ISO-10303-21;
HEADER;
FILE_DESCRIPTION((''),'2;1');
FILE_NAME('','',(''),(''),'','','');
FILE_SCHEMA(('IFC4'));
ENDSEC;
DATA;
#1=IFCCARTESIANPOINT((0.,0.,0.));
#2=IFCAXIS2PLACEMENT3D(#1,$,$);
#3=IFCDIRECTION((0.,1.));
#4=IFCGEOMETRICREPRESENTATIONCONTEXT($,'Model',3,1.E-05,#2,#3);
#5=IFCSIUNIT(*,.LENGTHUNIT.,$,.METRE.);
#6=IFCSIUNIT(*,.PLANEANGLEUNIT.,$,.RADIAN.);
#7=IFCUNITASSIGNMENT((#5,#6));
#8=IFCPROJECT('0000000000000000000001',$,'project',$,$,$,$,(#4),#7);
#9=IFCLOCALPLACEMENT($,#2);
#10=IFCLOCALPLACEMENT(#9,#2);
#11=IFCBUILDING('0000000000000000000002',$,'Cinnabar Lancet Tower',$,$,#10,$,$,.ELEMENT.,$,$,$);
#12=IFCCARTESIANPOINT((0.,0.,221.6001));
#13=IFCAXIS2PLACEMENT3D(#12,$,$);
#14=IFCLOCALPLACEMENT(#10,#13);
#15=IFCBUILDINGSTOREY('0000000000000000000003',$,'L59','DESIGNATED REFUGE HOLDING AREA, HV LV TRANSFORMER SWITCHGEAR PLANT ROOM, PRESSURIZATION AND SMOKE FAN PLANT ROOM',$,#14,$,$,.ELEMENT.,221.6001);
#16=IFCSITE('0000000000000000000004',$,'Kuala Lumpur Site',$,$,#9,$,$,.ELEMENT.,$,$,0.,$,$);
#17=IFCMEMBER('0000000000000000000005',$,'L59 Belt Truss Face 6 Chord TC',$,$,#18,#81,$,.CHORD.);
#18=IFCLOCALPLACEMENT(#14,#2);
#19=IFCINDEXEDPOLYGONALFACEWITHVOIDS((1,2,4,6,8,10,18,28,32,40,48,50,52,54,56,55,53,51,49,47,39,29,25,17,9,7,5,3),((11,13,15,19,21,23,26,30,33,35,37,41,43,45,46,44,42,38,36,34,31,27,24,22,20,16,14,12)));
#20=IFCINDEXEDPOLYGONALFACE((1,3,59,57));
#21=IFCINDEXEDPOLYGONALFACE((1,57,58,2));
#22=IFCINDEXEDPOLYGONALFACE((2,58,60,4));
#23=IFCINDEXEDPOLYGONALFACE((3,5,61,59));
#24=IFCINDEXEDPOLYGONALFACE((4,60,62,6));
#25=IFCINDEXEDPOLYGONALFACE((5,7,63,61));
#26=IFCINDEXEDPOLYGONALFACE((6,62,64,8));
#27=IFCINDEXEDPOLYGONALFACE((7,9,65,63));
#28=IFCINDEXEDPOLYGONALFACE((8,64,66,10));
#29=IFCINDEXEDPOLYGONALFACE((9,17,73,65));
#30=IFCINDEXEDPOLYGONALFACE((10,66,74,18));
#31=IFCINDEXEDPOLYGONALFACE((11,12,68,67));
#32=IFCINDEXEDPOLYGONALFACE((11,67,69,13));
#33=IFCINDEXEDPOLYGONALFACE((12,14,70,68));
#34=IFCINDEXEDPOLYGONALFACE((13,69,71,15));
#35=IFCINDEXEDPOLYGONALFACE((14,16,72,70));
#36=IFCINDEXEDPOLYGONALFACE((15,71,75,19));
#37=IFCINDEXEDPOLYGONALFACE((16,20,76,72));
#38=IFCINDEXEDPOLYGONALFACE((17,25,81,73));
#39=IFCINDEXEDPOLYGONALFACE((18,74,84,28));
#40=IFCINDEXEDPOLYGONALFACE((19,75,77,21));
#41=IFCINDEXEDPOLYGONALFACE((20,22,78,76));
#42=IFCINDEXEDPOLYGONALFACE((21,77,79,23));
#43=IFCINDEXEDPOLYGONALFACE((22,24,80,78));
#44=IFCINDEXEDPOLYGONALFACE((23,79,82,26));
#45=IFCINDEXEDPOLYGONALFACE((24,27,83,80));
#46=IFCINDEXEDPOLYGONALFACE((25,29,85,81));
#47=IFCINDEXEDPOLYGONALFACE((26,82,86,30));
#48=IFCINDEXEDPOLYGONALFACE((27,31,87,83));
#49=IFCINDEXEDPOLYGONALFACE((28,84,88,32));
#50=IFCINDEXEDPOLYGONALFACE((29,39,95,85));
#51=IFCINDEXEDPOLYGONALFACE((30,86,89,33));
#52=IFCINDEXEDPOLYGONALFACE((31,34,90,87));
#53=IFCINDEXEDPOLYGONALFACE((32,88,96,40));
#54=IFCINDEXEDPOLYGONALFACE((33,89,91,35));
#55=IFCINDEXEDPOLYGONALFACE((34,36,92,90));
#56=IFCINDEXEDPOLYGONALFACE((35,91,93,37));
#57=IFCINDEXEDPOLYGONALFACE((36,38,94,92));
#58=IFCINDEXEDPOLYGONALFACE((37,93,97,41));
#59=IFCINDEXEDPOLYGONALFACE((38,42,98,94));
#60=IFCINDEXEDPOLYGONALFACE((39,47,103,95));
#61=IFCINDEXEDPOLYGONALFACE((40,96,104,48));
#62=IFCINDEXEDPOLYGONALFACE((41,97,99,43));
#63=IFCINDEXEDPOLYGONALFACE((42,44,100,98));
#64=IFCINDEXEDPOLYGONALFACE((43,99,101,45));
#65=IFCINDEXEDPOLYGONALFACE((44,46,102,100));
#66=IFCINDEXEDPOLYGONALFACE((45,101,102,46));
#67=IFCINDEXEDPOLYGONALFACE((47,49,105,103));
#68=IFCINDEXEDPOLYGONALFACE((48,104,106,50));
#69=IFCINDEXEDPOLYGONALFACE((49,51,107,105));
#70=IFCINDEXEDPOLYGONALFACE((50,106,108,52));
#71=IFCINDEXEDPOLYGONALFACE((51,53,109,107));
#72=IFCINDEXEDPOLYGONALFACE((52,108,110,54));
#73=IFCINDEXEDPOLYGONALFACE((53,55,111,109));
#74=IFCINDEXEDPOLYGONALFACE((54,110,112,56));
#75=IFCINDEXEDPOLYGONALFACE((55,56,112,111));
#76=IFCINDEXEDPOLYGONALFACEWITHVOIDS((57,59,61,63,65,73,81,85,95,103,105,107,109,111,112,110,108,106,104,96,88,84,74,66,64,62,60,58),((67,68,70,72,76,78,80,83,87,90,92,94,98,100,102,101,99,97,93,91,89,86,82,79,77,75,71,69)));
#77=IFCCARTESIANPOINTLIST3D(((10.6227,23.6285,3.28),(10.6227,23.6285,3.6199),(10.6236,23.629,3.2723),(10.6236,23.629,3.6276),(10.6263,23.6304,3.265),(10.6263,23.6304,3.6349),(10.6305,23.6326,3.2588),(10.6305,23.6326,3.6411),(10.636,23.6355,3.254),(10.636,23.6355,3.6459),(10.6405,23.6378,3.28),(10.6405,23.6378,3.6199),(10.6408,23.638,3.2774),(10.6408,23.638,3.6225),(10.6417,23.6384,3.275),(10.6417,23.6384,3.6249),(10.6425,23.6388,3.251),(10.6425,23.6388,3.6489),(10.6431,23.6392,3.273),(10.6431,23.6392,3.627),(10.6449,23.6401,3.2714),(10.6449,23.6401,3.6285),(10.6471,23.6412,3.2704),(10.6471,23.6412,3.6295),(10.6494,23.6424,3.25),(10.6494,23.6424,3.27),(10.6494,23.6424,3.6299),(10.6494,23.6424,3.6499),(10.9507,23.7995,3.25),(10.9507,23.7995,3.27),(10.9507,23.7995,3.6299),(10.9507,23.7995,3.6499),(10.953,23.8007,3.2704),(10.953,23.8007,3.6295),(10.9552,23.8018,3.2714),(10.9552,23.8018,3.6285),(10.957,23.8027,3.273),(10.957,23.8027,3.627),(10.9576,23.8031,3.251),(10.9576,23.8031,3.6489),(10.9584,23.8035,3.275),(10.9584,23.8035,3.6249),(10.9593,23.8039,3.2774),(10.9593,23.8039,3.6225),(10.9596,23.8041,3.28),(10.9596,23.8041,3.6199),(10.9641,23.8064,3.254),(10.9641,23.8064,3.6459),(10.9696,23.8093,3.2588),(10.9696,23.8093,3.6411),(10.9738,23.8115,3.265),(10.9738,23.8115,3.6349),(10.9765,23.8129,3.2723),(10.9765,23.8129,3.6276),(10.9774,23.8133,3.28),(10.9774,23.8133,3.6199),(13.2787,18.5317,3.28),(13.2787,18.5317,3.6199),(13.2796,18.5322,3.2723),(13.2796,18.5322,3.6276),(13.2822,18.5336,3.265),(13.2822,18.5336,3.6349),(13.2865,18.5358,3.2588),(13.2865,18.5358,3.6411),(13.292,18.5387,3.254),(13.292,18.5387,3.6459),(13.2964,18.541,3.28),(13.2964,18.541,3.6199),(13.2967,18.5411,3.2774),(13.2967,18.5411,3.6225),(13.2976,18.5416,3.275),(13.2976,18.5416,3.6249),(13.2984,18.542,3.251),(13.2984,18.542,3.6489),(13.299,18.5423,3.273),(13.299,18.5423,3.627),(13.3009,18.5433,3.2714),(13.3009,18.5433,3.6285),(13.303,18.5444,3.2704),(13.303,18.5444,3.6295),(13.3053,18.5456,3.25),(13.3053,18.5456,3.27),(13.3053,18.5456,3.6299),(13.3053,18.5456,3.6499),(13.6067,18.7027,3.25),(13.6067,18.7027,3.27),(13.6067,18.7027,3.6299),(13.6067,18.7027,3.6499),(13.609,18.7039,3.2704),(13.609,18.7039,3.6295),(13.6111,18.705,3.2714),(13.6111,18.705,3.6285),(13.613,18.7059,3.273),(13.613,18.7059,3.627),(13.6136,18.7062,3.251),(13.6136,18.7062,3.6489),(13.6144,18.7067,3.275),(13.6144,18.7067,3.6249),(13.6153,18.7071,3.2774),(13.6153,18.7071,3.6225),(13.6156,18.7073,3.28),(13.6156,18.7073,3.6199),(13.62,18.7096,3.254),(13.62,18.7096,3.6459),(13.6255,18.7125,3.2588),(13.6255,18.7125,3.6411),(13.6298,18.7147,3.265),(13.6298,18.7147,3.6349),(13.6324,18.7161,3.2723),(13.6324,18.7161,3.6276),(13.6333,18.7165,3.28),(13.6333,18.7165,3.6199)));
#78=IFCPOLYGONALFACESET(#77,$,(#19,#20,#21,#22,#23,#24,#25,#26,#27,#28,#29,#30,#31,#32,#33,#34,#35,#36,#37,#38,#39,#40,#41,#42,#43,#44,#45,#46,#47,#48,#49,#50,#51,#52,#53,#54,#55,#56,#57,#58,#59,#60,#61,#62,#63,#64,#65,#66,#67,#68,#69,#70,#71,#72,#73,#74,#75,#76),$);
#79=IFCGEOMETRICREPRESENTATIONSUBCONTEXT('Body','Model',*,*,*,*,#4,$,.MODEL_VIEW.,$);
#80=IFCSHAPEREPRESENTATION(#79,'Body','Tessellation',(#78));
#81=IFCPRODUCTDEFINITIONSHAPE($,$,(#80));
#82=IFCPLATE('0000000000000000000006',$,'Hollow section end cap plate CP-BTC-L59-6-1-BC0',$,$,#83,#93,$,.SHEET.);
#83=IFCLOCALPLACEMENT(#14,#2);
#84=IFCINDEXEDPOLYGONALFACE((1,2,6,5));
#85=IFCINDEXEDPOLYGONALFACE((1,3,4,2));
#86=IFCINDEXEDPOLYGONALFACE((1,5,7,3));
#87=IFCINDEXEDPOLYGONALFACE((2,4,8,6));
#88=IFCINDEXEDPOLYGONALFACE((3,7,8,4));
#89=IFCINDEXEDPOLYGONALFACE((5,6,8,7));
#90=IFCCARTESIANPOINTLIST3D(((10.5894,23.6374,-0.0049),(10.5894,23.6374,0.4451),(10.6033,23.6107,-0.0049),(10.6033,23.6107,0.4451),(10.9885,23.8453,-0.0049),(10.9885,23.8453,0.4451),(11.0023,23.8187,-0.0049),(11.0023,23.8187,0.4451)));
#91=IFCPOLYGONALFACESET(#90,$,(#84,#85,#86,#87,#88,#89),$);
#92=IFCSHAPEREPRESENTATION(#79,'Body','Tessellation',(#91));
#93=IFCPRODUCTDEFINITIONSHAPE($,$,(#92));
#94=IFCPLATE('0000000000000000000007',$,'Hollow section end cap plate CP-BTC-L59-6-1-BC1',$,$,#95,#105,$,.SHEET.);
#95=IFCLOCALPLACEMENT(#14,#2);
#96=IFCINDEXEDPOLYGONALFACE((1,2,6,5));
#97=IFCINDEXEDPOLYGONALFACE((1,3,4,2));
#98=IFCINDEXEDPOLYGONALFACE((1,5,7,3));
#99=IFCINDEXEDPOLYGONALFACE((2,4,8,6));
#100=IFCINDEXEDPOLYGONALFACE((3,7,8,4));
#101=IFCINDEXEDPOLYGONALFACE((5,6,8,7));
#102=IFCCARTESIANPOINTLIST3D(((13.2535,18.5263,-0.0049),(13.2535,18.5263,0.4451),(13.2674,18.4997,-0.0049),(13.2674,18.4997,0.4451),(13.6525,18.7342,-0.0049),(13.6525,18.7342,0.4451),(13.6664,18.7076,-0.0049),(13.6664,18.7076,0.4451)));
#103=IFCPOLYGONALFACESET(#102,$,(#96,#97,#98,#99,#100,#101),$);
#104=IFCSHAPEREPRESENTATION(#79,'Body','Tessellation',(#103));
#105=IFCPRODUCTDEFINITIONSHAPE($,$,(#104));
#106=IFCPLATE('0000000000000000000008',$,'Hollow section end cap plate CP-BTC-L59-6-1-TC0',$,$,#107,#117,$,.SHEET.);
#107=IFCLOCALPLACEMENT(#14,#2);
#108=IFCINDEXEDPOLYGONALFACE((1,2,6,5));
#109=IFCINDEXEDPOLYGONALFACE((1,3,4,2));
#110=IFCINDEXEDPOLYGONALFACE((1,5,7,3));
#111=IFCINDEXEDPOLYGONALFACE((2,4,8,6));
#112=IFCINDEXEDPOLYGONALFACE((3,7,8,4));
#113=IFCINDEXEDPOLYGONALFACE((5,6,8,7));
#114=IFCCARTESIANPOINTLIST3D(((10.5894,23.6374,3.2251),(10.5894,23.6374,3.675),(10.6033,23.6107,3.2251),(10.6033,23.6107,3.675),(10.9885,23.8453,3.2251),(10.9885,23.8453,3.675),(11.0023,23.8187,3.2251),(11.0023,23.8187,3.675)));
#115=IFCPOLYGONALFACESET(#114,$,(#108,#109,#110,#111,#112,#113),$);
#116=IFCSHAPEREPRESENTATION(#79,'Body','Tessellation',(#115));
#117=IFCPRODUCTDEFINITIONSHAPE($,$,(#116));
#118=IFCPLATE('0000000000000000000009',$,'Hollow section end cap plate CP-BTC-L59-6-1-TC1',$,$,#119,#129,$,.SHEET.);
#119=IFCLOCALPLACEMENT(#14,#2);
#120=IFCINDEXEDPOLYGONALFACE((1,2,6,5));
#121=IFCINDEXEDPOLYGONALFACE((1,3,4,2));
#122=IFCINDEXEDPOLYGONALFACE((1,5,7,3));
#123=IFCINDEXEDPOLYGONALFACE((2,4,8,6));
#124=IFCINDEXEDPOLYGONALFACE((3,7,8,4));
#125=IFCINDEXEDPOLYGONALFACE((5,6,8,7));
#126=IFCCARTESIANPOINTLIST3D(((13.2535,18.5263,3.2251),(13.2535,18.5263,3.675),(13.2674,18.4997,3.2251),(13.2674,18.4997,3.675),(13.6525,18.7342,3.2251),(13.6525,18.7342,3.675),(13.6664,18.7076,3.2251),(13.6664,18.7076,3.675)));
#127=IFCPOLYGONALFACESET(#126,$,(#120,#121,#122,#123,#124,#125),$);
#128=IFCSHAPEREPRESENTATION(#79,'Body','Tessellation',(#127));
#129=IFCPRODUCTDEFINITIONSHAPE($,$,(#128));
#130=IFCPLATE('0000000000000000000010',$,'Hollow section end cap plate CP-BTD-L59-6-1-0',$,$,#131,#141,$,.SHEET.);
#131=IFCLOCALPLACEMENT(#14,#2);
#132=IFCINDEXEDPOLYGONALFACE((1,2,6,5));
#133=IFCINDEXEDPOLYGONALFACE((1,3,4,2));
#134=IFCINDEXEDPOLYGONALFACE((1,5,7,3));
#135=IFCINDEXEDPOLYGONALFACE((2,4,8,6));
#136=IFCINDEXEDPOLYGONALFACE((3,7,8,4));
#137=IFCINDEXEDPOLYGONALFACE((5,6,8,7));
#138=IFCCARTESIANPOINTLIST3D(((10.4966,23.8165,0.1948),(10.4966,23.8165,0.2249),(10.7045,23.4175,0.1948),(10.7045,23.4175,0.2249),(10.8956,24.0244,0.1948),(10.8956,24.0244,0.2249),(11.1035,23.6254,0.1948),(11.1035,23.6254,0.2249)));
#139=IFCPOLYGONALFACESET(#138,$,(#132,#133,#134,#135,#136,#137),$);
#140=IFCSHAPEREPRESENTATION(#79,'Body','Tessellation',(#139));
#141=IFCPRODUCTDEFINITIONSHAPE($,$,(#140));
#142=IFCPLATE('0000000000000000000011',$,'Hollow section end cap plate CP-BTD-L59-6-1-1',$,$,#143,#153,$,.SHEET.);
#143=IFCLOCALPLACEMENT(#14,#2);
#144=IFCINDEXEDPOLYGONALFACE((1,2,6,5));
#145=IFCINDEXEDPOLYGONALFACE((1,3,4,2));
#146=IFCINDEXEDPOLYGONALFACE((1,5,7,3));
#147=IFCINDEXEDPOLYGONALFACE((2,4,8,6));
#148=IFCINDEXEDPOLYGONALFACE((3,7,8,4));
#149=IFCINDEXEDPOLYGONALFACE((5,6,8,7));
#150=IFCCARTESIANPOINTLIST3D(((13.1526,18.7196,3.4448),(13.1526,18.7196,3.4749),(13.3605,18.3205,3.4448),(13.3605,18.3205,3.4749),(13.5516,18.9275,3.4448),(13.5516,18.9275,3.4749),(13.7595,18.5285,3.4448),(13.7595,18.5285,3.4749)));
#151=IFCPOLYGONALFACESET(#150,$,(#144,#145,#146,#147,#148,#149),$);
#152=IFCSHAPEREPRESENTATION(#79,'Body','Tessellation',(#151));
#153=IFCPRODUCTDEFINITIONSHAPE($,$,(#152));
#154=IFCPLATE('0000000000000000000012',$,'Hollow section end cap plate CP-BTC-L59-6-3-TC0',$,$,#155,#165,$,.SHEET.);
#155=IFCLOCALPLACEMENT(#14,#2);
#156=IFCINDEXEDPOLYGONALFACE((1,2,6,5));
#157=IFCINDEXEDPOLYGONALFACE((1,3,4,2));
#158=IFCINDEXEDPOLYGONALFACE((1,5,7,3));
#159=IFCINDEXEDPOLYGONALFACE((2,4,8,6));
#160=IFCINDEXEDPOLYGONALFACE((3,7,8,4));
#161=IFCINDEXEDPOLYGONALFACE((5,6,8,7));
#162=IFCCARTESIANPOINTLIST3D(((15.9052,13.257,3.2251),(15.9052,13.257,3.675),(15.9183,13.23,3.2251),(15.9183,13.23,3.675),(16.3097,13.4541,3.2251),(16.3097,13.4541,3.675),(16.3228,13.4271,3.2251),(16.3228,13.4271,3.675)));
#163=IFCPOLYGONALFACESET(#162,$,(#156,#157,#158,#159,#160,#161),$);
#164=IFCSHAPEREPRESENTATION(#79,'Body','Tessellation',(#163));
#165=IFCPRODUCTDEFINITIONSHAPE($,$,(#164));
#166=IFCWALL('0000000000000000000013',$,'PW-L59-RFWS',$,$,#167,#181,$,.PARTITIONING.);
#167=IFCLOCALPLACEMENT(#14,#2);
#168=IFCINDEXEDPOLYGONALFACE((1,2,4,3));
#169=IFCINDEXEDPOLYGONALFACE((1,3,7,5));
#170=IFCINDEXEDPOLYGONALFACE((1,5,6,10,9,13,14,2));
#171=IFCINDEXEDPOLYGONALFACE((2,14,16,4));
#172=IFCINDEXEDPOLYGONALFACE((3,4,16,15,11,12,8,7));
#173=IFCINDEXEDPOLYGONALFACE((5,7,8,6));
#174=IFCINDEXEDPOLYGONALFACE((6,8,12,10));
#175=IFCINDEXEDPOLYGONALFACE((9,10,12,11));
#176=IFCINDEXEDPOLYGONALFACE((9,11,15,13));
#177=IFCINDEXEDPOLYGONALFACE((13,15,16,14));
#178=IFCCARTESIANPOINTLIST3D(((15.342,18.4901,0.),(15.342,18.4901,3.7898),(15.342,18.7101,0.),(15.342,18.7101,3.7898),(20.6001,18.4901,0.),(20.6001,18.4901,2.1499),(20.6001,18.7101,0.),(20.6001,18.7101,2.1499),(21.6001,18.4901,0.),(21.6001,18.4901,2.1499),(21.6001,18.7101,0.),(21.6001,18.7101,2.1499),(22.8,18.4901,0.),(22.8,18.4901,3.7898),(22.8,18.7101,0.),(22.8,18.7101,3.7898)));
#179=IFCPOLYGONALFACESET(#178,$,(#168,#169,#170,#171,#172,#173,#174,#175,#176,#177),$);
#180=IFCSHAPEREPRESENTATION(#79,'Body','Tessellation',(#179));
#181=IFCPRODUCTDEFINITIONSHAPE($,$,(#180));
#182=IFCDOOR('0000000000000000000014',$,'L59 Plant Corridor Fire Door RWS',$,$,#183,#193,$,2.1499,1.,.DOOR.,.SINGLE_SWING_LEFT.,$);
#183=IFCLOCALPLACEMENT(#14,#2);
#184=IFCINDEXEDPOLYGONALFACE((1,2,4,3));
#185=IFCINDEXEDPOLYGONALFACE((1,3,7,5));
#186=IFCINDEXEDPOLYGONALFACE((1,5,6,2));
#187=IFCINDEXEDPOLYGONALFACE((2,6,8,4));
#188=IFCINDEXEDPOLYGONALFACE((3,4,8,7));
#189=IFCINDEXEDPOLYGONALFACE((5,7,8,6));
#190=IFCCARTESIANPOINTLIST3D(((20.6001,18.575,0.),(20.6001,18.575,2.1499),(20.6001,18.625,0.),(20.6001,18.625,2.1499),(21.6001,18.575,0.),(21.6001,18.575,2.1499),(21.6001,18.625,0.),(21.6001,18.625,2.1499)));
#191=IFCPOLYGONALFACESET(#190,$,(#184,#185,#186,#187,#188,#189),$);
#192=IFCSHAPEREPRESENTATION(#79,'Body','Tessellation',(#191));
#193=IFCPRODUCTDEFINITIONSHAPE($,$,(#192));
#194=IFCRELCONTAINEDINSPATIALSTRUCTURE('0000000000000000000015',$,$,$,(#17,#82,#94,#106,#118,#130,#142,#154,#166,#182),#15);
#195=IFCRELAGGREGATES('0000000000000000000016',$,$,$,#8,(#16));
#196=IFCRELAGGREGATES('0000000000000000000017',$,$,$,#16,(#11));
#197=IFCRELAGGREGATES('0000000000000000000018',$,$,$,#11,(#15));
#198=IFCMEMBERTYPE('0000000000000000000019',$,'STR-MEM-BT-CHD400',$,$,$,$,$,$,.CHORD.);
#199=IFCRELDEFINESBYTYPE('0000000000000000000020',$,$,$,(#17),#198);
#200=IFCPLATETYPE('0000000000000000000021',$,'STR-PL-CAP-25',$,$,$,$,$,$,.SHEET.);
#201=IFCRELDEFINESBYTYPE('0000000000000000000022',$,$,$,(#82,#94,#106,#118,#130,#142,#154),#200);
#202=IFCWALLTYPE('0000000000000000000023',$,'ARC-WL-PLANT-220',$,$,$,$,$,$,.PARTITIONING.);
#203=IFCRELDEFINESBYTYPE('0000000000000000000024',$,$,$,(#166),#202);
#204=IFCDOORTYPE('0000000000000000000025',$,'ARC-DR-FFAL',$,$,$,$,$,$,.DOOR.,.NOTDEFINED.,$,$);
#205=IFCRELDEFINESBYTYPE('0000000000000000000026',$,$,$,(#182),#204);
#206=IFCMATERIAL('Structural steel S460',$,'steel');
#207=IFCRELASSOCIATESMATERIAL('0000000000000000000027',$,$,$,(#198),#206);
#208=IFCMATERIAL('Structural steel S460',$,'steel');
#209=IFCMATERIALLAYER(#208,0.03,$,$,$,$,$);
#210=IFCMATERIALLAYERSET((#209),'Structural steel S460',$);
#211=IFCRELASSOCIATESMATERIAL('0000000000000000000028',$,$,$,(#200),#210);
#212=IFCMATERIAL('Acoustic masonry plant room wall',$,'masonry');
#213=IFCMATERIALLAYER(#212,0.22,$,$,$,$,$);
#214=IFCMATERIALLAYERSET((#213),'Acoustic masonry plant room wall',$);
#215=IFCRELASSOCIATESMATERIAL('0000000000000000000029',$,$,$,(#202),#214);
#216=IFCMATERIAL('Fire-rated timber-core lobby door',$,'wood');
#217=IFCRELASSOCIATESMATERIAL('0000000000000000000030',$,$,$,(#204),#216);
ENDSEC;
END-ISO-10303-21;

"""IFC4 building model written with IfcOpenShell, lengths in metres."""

from ifc_helpers import new_model, si_unit, direction, frame, frame_2d, origin, origin_2d, place, context, subcontext, project, spatial, rectangle, hollow_rectangle, extrude, material, layer, layer_set, material_profile, profile_set, type_object, element, fill, save


model = new_model("IFC4")

# Units and contexts
model_context = context("Model", 3, precision=1e-05, world=origin(), true_north=direction((0.0, 1.0)))
body_context = subcontext(model_context, "Body", "Model", "MODEL_VIEW")
ifc_project = project(units=[si_unit("LENGTHUNIT", "METRE"), si_unit("PLANEANGLEUNIT", "RADIAN")], contexts=[model_context])

# Site, building, storey
site_placement = place(None, origin())
site = spatial("IfcSite", under=ifc_project, at=site_placement, Name="Kuala Lumpur Site", CompositionType="ELEMENT", RefElevation=0.0)
building_placement = place(site_placement, origin())
building = spatial("IfcBuilding", under=site, at=building_placement, Name="Cinnabar Lancet Tower", CompositionType="ELEMENT")
storey_placement = place(building_placement, frame((0.0, 0.0, 221.6001)))
storey = spatial("IfcBuildingStorey", under=building, at=storey_placement, Name="L59", Description="DESIGNATED REFUGE HOLDING AREA, HV LV TRANSFORMER SWITCHGEAR PLANT ROOM, PRESSURIZATION AND SMOKE FAN PLANT ROOM", CompositionType="ELEMENT", Elevation=221.6001)

# Member
ifc_material_1 = material(Name="Structural steel S460", Category="steel")
ifc_material_profile_1 = material_profile(ifc_material_1, hollow_rectangle(XDim=0.3999, YDim=0.3999, WallThickness=0.02, InnerFilletRadius=0.01, OuterFilletRadius=0.03, at=origin_2d()), Name="SHS 400x400x20")
ifc_profile_set_1 = profile_set([ifc_material_profile_1], Name="Structural steel S460")
member_type_1 = type_object("IfcMemberType", Name="STR-MEM-BT-CHD400", PredefinedType="CHORD", material=ifc_profile_set_1)
for number, where, z_axis, x_axis, name in (
    (1, (10.8, 23.7209, 3.45), (0.46212, -0.886817, 0.0), (0.886817, 0.46212, 0.0), "L59 Belt Truss Face 6 Chord TC"),
):
    element("IfcMember", number, at=place(storey_placement, frame(where, z_axis=z_axis, x_axis=x_axis)), inside=storey, type_object=member_type_1, Name=name, PredefinedType="CHORD", context=body_context, shape_type="SweptSolid", body=[
        extrude(hollow_rectangle(XDim=0.3999, YDim=0.3999, WallThickness=0.02, InnerFilletRadius=0.01, OuterFilletRadius=0.03, at=origin_2d()), origin(), (0.0, 0.0, 1.0), 5.7473),
    ])

# Plates
ifc_material_2 = material(Name="Structural steel S460", Category="steel")
ifc_layer_1 = layer(ifc_material_2, 0.03)
ifc_layer_set_1 = layer_set([ifc_layer_1], Name="Structural steel S460")
plate_type = type_object("IfcPlateType", Name="STR-PL-CAP-25", PredefinedType="SHEET", material=ifc_layer_set_1)
for number, where, z_axis, x_axis, name in (
    (2, (10.7959, 23.728, -0.0049), (0.0, 0.0, 1.0), (-0.46212, 0.886817, 0.0), "Hollow section end cap plate CP-BTC-L59-6-1-BC0"),
    (3, (13.46, 18.6169, -0.0049), (0.0, 0.0, 1.0), (0.46212, -0.886817, 0.0), "Hollow section end cap plate CP-BTC-L59-6-1-BC1"),
    (4, (10.7959, 23.728, 3.2251), (0.0, 0.0, 1.0), (-0.46212, 0.886817, 0.0), "Hollow section end cap plate CP-BTC-L59-6-1-TC0"),
    (5, (13.46, 18.6169, 3.2251), (0.0, 0.0, 1.0), (0.46212, -0.886817, 0.0), "Hollow section end cap plate CP-BTC-L59-6-1-TC1"),
):
    element("IfcPlate", number, at=place(storey_placement, frame(where, z_axis=z_axis, x_axis=x_axis)), inside=storey, type_object=plate_type, Name=name, PredefinedType="SHEET", context=body_context, shape_type="SweptSolid", body=[
        extrude(rectangle(XDim=0.03, YDim=0.45, at=origin_2d()), origin(), (0.0, 0.0, 1.0), 0.45),
    ])
for number, where, z_axis, x_axis, name in (
    (6, (10.8, 23.7209, 0.1948), (0.0, 0.0, 1.0), (-0.46212, 0.886817, 0.0), "Hollow section end cap plate CP-BTD-L59-6-1-0"),
    (7, (13.4561, 18.624, 3.4448), (0.0, 0.0, 1.0), (0.46212, -0.886817, 0.0), "Hollow section end cap plate CP-BTD-L59-6-1-1"),
):
    element("IfcPlate", number, at=place(storey_placement, frame(where, z_axis=z_axis, x_axis=x_axis)), inside=storey, type_object=plate_type, Name=name, PredefinedType="SHEET", context=body_context, shape_type="SweptSolid", body=[
        extrude(rectangle(XDim=0.45, YDim=0.45, at=origin_2d()), origin(), (0.0, 0.0, 1.0), 0.03),
    ])
plate_placement = place(storey_placement, frame((16.114, 13.342, 3.2251), z_axis=(0.0, 0.0, 1.0), x_axis=(-0.437963, 0.898993, 0.0)))
element("IfcPlate", 8, at=plate_placement, inside=storey, type_object=plate_type, Name="Hollow section end cap plate CP-BTC-L59-6-3-TC0", PredefinedType="SHEET", context=body_context, shape_type="SweptSolid", body=[
    extrude(rectangle(XDim=0.03, YDim=0.45, at=origin_2d()), origin(), (0.0, 0.0, 1.0), 0.45),
])

# Wall, opening, door
ifc_material_3 = material(Name="Acoustic masonry plant room wall", Category="masonry")
ifc_layer_2 = layer(ifc_material_3, 0.22)
ifc_layer_set_2 = layer_set([ifc_layer_2], Name="Acoustic masonry plant room wall")
wall_type_1 = type_object("IfcWallType", Name="ARC-WL-PLANT-220", PredefinedType="PARTITIONING", material=ifc_layer_set_2)
wall_1_placement = place(storey_placement, frame((15.342, 18.6001, 0.0), z_axis=(0.0, 0.0, 1.0), x_axis=(1.0, 0.0, 0.0)))
wall_1 = element("IfcWall", 9, at=wall_1_placement, inside=storey, type_object=wall_type_1, Name="PW-L59-RFWS", PredefinedType="PARTITIONING", context=body_context, shape_type="SweptSolid", body=[
    extrude(rectangle(XDim=7.458, YDim=0.22, at=frame_2d((3.729, 0.0))), origin(), (0.0, 0.0, 1.0), 3.7898),
])
opening_1_placement = place(wall_1_placement, frame((5.2581, 0.0, 0.0)))
opening_1 = element("IfcOpeningElement", 10, at=opening_1_placement, cuts=wall_1, PredefinedType="OPENING", context=body_context, shape_type="SweptSolid", body=[
    extrude(rectangle(XDim=1.0, YDim=2.1499, at=frame_2d((0.5, 1.075))), frame((0.0, 0.1199, 0.0), z_axis=(0.0, -1.0, 0.0), x_axis=(1.0, 0.0, 0.0)), (0.0, 0.0, 1.0), 0.24),
])
ifc_material_4 = material(Name="Fire-rated timber-core lobby door", Category="wood")
door_type_1 = type_object("IfcDoorType", Name="ARC-DR-FFAL", OperationType="NOTDEFINED", PredefinedType="DOOR", material=ifc_material_4)
door_1_placement = place(opening_1_placement, origin())
door_1 = element("IfcDoor", 11, at=door_1_placement, inside=storey, type_object=door_type_1, Name="L59 Plant Corridor Fire Door RWS", OperationType="SINGLE_SWING_LEFT", OverallHeight=2.1499, OverallWidth=1.0, PredefinedType="DOOR", context=body_context, shape_type="SweptSolid", body=[
    extrude(rectangle(XDim=1.0, YDim=2.1499, at=frame_2d((0.5, 1.075))), frame((0.0, 0.0249, 0.0), z_axis=(0.0, -1.0, 0.0), x_axis=(1.0, 0.0, 0.0)), (0.0, 0.0, 1.0), 0.05),
])
fill(opening_1, door_1)

save(model, "model.ifc")
